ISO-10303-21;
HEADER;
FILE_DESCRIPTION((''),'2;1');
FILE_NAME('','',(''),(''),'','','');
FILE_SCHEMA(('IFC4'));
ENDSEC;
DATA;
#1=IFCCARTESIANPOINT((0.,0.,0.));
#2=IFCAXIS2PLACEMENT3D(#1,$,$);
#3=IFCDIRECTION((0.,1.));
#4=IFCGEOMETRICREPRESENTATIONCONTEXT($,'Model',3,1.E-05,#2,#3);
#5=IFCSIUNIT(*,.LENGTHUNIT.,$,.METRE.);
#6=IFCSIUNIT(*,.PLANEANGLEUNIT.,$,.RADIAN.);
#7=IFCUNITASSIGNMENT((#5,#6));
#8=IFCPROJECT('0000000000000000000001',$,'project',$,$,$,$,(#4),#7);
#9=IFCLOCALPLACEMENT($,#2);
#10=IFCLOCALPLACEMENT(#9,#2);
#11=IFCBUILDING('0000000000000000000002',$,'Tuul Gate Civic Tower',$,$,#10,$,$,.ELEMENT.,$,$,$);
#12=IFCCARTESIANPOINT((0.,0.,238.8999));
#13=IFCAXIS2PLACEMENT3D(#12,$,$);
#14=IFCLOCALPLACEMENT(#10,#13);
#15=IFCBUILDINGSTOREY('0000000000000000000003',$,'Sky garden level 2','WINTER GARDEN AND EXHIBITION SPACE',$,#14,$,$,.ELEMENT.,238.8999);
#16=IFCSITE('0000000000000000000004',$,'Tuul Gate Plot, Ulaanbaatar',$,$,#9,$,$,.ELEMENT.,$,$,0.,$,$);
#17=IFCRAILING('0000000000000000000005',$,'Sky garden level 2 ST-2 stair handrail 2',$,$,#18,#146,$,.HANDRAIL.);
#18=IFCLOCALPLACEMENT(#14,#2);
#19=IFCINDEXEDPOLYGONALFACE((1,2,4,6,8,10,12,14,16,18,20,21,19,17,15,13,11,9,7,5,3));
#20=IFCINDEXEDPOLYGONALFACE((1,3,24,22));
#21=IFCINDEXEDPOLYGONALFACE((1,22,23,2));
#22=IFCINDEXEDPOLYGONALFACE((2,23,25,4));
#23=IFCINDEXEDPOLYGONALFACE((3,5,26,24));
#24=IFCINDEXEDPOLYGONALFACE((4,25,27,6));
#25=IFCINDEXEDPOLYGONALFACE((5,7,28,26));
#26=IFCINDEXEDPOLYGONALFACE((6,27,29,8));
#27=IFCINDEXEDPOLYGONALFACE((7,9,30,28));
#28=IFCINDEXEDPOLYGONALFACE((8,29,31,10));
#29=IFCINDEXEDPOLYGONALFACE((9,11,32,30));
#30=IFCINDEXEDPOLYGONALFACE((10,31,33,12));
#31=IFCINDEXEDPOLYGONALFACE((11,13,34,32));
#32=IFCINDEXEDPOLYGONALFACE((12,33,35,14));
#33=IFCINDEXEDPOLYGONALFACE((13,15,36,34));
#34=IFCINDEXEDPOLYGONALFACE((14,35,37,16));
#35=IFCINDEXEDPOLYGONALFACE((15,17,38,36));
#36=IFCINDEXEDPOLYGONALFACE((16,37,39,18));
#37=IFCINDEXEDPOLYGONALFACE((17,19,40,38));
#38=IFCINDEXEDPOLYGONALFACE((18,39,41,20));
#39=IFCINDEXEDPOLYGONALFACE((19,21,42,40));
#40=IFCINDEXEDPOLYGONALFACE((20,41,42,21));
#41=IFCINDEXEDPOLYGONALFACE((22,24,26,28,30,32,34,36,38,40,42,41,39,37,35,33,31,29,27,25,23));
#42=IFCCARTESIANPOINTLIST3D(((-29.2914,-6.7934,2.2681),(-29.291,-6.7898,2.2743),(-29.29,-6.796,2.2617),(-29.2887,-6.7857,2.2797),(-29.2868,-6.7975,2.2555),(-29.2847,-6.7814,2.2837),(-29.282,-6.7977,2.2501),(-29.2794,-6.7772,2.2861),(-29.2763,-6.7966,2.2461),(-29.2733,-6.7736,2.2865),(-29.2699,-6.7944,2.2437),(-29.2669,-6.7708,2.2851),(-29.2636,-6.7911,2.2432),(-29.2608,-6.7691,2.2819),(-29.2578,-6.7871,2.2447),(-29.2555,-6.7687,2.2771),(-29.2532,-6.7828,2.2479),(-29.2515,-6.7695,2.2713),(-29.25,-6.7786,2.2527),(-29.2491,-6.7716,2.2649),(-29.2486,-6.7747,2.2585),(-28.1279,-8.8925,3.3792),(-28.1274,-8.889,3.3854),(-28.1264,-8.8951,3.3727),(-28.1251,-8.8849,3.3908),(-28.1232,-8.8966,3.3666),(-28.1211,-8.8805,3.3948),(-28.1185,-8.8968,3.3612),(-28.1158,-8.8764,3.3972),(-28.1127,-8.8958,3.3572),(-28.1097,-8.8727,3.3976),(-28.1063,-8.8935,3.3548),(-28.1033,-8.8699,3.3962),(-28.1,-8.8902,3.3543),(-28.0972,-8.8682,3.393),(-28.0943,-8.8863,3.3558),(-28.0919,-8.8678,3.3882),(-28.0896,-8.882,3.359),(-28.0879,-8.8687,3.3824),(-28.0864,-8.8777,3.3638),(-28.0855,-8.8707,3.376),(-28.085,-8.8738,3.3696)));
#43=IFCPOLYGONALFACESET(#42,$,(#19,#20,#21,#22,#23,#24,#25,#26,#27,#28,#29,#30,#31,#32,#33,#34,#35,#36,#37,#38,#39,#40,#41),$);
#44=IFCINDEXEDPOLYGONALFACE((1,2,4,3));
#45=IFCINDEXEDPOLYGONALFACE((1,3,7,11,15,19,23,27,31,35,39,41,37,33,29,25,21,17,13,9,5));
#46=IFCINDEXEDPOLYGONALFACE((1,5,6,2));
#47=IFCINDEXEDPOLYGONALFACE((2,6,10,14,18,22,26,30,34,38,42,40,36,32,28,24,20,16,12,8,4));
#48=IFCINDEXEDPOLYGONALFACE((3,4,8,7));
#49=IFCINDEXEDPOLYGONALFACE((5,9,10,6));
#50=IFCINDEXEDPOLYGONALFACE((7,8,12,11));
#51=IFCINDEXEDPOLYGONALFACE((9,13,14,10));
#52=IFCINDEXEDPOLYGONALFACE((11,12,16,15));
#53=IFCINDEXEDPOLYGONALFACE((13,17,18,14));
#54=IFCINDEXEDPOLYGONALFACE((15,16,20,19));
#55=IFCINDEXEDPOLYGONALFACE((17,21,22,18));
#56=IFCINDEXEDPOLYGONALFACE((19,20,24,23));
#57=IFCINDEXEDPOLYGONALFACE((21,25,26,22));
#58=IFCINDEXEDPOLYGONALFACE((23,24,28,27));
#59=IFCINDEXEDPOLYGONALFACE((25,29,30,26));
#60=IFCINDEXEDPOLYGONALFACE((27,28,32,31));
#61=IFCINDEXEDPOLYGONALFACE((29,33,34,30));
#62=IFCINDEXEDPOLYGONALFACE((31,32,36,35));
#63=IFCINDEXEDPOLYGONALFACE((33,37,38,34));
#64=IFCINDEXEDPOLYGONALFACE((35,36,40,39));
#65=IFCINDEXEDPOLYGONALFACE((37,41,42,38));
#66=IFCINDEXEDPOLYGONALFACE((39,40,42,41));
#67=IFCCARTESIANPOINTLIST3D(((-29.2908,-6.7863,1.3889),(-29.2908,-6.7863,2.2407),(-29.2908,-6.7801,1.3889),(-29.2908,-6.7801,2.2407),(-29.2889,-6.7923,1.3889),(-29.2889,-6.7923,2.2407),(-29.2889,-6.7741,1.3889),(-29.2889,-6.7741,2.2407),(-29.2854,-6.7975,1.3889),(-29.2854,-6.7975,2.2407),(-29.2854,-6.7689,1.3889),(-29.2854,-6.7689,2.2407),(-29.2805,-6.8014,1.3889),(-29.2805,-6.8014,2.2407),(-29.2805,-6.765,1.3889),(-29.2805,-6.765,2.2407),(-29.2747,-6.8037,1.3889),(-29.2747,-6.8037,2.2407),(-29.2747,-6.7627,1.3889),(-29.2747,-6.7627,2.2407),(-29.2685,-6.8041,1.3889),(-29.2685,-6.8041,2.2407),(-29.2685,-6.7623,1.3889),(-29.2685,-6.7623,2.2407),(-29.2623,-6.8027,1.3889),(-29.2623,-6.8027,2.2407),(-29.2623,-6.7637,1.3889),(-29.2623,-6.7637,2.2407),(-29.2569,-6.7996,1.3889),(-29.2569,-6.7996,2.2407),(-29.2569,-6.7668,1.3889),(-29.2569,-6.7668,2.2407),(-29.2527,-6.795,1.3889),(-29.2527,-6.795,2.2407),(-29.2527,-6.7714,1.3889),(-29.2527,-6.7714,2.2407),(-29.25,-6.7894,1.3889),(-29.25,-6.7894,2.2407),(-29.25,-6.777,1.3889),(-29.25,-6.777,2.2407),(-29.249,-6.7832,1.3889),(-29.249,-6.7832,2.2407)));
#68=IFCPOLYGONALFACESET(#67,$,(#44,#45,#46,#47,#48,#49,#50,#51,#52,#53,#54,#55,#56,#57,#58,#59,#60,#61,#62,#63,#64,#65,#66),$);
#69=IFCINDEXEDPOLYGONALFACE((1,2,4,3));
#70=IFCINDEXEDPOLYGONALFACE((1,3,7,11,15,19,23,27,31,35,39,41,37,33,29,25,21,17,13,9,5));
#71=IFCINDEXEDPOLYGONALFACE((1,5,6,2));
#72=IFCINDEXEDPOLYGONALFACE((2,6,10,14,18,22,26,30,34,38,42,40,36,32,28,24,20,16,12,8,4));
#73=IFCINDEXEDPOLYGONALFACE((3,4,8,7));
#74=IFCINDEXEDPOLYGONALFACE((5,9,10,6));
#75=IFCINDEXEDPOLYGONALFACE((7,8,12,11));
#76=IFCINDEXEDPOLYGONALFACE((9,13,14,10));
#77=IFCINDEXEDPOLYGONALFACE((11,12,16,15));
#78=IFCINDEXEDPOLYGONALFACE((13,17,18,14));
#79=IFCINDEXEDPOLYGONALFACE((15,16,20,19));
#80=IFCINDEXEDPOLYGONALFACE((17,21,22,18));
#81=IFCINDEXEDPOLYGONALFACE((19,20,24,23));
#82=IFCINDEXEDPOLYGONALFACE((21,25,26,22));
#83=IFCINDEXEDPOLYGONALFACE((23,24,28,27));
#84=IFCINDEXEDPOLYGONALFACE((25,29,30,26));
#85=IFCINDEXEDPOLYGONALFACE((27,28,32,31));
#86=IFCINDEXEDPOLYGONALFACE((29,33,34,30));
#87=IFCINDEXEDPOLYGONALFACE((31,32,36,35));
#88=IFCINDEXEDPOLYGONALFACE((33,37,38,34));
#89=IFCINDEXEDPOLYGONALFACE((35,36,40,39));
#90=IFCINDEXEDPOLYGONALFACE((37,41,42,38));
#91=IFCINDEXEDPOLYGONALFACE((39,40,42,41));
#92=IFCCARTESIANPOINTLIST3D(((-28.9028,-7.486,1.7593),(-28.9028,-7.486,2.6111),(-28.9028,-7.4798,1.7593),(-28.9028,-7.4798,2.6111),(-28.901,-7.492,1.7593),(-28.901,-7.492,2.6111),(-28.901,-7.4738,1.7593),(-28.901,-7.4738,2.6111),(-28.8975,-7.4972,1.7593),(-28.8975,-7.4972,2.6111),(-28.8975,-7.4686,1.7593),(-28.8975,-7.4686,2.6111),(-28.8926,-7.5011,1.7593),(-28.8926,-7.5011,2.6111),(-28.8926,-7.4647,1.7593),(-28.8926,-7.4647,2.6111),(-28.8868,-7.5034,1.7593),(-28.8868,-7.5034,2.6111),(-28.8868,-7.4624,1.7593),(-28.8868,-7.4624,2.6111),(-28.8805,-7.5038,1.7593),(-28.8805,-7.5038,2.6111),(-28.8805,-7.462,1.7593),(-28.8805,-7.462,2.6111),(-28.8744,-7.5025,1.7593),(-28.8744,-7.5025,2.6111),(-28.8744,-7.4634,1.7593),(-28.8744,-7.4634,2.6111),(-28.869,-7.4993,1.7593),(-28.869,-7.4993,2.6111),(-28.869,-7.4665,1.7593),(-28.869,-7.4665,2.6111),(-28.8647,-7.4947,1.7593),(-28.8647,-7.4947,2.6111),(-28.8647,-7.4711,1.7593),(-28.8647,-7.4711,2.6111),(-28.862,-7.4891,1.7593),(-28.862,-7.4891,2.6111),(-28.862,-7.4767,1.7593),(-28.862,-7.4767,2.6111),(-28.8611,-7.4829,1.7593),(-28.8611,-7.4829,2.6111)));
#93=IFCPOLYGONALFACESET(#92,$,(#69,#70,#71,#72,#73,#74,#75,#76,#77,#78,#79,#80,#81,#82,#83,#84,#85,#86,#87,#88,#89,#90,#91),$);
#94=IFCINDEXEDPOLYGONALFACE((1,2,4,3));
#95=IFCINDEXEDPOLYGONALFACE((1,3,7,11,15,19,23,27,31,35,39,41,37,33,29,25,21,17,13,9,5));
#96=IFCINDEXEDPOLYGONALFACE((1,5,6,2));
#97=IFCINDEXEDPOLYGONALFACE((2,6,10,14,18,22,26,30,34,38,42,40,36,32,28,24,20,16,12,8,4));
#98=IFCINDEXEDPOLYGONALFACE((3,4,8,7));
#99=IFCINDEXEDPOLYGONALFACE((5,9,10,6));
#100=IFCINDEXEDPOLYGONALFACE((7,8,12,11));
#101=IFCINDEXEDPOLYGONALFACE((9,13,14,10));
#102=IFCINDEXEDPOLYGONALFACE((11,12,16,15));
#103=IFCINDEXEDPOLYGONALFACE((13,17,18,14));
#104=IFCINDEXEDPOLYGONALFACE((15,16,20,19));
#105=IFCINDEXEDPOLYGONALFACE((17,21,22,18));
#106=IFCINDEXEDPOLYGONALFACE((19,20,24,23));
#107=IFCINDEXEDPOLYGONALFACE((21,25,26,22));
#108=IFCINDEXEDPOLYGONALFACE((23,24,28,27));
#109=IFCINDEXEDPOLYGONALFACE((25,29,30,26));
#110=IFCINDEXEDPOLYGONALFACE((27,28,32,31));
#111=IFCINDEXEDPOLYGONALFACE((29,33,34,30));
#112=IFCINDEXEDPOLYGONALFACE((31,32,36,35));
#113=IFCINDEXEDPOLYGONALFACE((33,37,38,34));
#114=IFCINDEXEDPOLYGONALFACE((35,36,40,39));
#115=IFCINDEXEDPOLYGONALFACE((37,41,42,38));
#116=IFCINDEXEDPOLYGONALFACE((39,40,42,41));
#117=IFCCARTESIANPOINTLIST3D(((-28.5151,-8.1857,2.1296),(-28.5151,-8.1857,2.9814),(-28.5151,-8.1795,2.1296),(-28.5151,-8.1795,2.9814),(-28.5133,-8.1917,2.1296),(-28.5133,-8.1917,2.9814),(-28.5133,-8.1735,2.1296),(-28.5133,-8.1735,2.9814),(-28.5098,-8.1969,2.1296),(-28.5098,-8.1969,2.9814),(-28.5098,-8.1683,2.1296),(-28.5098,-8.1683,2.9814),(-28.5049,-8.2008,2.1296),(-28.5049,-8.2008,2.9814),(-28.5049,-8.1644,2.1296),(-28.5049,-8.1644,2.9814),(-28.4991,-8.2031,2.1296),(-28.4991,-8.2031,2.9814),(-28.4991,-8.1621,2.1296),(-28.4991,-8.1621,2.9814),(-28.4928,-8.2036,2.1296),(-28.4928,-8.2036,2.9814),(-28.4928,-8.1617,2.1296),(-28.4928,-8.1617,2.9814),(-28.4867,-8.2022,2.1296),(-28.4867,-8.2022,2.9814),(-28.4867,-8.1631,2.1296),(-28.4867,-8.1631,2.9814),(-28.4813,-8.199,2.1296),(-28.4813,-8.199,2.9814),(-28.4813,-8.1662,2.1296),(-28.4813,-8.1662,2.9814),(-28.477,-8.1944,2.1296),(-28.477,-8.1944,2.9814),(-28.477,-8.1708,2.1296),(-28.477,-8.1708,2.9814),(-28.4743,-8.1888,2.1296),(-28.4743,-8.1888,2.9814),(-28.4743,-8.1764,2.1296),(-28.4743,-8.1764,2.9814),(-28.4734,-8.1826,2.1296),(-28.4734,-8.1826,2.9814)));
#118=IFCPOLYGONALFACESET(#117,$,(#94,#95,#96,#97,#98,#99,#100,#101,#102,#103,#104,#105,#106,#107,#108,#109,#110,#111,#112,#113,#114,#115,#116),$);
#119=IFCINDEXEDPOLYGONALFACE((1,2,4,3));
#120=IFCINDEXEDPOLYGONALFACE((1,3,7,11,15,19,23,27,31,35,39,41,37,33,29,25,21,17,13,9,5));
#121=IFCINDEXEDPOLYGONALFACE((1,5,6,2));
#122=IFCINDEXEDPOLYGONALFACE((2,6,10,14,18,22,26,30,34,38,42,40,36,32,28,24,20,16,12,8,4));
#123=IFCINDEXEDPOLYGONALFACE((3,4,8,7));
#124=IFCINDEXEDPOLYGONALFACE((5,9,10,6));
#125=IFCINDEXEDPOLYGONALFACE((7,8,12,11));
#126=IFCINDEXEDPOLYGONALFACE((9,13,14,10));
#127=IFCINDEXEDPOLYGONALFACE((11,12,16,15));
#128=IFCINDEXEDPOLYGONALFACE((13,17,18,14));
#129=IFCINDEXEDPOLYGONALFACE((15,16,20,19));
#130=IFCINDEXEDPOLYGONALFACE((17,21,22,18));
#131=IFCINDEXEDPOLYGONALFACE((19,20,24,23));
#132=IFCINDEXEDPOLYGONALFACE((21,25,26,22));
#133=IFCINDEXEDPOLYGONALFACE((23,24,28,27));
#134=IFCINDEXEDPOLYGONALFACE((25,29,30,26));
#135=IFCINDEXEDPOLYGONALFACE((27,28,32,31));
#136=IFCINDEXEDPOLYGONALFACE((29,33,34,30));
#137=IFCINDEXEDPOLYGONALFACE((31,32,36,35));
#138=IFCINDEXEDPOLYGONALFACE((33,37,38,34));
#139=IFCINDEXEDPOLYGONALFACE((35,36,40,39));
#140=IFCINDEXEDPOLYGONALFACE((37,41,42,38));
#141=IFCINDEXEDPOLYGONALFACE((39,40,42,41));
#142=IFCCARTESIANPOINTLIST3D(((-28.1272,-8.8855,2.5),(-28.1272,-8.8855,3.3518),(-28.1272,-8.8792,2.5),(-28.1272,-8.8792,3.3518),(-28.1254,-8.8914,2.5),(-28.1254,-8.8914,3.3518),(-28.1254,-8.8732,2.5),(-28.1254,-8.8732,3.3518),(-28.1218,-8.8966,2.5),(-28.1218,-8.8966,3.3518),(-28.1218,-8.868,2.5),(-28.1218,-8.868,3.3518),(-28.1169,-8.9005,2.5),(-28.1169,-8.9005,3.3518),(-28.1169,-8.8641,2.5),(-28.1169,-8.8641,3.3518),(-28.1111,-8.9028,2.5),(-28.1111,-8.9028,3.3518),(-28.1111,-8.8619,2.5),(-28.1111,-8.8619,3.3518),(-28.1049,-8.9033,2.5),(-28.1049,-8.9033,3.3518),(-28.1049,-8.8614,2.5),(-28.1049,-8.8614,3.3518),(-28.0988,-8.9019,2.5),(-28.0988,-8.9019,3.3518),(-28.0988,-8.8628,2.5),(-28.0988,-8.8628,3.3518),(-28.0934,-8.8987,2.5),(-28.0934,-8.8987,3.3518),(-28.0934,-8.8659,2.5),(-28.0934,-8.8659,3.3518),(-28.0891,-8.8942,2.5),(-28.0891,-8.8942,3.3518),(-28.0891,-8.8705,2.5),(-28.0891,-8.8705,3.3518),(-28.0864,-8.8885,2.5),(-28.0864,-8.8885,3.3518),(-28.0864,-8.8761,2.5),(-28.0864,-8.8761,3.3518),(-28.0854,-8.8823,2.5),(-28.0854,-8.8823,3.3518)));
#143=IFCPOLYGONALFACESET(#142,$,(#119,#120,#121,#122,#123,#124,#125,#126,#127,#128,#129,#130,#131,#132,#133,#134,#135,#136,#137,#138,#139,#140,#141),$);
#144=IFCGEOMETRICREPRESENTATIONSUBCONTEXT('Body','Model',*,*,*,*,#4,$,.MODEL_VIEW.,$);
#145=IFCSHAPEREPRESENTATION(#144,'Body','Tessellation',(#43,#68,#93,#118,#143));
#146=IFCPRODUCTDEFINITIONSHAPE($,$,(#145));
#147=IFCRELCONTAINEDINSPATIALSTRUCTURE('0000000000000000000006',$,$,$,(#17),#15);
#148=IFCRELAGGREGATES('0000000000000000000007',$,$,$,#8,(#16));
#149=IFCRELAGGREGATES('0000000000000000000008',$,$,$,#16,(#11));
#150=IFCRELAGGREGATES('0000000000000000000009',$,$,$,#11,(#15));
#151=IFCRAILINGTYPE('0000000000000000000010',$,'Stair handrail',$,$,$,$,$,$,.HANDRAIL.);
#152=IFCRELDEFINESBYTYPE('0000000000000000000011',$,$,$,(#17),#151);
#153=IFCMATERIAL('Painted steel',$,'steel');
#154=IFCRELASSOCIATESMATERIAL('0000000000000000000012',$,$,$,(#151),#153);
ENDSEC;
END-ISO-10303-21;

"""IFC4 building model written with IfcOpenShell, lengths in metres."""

from ifc_helpers import new_model, si_unit, direction, frame, origin, origin_2d, place, context, subcontext, project, spatial, circle, extrude, material, type_object, element, save


model = new_model("IFC4")

# Units and contexts
model_context = context("Model", 3, precision=1e-05, world=origin(), true_north=direction((0.0, 1.0)))
body_context = subcontext(model_context, "Body", "Model", "MODEL_VIEW")
ifc_project = project(units=[si_unit("LENGTHUNIT", "METRE"), si_unit("PLANEANGLEUNIT", "RADIAN")], contexts=[model_context])

# Site, building, storey
site_placement = place(None, origin())
site = spatial("IfcSite", under=ifc_project, at=site_placement, Name="Tuul Gate Plot, Ulaanbaatar", CompositionType="ELEMENT", RefElevation=0.0)
building_placement = place(site_placement, origin())
building = spatial("IfcBuilding", under=site, at=building_placement, Name="Tuul Gate Civic Tower", CompositionType="ELEMENT")
storey_placement = place(building_placement, frame((0.0, 0.0, 238.8999)))
storey = spatial("IfcBuildingStorey", under=building, at=storey_placement, Name="Sky garden level 2", Description="WINTER GARDEN AND EXHIBITION SPACE", CompositionType="ELEMENT", Elevation=238.8999)

# Railing
ifc_material_1 = material(Name="Painted steel", Category="steel")
railing_type = type_object("IfcRailingType", Name="Stair handrail", PredefinedType="HANDRAIL", material=ifc_material_1)
for number, where, name in (
    (1, (-29.27, -6.7832, 1.3889), "Sky garden level 2 ST-2 stair handrail 2"),
):
    element("IfcRailing", number, at=place(storey_placement, frame(where)), inside=storey, type_object=railing_type, Name=name, PredefinedType="HANDRAIL", context=body_context, shape_type="SweptSolid", body=[
        extrude(circle(Radius=0.0239, at=origin_2d()), frame((0.0, 0.0, 0.876), z_axis=(0.439956, -0.793692, 0.420109), x_axis=(0.874618, 0.484814, 0.0)), (0.0, 0.0, 1.0), 2.6448),
        extrude(circle(Radius=0.021, at=origin_2d()), origin(), (0.0, 0.0, 1.0), 0.8518),
        extrude(circle(Radius=0.021, at=origin_2d()), frame((0.3879, -0.6997, 0.3704)), (0.0, 0.0, 1.0), 0.8518),
        extrude(circle(Radius=0.021, at=origin_2d()), frame((0.7756, -1.3994, 0.7407)), (0.0, 0.0, 1.0), 0.8518),
        extrude(circle(Radius=0.021, at=origin_2d()), frame((1.1636, -2.0991, 1.1111)), (0.0, 0.0, 1.0), 0.8518),
    ])

save(model, "model.ifc")
